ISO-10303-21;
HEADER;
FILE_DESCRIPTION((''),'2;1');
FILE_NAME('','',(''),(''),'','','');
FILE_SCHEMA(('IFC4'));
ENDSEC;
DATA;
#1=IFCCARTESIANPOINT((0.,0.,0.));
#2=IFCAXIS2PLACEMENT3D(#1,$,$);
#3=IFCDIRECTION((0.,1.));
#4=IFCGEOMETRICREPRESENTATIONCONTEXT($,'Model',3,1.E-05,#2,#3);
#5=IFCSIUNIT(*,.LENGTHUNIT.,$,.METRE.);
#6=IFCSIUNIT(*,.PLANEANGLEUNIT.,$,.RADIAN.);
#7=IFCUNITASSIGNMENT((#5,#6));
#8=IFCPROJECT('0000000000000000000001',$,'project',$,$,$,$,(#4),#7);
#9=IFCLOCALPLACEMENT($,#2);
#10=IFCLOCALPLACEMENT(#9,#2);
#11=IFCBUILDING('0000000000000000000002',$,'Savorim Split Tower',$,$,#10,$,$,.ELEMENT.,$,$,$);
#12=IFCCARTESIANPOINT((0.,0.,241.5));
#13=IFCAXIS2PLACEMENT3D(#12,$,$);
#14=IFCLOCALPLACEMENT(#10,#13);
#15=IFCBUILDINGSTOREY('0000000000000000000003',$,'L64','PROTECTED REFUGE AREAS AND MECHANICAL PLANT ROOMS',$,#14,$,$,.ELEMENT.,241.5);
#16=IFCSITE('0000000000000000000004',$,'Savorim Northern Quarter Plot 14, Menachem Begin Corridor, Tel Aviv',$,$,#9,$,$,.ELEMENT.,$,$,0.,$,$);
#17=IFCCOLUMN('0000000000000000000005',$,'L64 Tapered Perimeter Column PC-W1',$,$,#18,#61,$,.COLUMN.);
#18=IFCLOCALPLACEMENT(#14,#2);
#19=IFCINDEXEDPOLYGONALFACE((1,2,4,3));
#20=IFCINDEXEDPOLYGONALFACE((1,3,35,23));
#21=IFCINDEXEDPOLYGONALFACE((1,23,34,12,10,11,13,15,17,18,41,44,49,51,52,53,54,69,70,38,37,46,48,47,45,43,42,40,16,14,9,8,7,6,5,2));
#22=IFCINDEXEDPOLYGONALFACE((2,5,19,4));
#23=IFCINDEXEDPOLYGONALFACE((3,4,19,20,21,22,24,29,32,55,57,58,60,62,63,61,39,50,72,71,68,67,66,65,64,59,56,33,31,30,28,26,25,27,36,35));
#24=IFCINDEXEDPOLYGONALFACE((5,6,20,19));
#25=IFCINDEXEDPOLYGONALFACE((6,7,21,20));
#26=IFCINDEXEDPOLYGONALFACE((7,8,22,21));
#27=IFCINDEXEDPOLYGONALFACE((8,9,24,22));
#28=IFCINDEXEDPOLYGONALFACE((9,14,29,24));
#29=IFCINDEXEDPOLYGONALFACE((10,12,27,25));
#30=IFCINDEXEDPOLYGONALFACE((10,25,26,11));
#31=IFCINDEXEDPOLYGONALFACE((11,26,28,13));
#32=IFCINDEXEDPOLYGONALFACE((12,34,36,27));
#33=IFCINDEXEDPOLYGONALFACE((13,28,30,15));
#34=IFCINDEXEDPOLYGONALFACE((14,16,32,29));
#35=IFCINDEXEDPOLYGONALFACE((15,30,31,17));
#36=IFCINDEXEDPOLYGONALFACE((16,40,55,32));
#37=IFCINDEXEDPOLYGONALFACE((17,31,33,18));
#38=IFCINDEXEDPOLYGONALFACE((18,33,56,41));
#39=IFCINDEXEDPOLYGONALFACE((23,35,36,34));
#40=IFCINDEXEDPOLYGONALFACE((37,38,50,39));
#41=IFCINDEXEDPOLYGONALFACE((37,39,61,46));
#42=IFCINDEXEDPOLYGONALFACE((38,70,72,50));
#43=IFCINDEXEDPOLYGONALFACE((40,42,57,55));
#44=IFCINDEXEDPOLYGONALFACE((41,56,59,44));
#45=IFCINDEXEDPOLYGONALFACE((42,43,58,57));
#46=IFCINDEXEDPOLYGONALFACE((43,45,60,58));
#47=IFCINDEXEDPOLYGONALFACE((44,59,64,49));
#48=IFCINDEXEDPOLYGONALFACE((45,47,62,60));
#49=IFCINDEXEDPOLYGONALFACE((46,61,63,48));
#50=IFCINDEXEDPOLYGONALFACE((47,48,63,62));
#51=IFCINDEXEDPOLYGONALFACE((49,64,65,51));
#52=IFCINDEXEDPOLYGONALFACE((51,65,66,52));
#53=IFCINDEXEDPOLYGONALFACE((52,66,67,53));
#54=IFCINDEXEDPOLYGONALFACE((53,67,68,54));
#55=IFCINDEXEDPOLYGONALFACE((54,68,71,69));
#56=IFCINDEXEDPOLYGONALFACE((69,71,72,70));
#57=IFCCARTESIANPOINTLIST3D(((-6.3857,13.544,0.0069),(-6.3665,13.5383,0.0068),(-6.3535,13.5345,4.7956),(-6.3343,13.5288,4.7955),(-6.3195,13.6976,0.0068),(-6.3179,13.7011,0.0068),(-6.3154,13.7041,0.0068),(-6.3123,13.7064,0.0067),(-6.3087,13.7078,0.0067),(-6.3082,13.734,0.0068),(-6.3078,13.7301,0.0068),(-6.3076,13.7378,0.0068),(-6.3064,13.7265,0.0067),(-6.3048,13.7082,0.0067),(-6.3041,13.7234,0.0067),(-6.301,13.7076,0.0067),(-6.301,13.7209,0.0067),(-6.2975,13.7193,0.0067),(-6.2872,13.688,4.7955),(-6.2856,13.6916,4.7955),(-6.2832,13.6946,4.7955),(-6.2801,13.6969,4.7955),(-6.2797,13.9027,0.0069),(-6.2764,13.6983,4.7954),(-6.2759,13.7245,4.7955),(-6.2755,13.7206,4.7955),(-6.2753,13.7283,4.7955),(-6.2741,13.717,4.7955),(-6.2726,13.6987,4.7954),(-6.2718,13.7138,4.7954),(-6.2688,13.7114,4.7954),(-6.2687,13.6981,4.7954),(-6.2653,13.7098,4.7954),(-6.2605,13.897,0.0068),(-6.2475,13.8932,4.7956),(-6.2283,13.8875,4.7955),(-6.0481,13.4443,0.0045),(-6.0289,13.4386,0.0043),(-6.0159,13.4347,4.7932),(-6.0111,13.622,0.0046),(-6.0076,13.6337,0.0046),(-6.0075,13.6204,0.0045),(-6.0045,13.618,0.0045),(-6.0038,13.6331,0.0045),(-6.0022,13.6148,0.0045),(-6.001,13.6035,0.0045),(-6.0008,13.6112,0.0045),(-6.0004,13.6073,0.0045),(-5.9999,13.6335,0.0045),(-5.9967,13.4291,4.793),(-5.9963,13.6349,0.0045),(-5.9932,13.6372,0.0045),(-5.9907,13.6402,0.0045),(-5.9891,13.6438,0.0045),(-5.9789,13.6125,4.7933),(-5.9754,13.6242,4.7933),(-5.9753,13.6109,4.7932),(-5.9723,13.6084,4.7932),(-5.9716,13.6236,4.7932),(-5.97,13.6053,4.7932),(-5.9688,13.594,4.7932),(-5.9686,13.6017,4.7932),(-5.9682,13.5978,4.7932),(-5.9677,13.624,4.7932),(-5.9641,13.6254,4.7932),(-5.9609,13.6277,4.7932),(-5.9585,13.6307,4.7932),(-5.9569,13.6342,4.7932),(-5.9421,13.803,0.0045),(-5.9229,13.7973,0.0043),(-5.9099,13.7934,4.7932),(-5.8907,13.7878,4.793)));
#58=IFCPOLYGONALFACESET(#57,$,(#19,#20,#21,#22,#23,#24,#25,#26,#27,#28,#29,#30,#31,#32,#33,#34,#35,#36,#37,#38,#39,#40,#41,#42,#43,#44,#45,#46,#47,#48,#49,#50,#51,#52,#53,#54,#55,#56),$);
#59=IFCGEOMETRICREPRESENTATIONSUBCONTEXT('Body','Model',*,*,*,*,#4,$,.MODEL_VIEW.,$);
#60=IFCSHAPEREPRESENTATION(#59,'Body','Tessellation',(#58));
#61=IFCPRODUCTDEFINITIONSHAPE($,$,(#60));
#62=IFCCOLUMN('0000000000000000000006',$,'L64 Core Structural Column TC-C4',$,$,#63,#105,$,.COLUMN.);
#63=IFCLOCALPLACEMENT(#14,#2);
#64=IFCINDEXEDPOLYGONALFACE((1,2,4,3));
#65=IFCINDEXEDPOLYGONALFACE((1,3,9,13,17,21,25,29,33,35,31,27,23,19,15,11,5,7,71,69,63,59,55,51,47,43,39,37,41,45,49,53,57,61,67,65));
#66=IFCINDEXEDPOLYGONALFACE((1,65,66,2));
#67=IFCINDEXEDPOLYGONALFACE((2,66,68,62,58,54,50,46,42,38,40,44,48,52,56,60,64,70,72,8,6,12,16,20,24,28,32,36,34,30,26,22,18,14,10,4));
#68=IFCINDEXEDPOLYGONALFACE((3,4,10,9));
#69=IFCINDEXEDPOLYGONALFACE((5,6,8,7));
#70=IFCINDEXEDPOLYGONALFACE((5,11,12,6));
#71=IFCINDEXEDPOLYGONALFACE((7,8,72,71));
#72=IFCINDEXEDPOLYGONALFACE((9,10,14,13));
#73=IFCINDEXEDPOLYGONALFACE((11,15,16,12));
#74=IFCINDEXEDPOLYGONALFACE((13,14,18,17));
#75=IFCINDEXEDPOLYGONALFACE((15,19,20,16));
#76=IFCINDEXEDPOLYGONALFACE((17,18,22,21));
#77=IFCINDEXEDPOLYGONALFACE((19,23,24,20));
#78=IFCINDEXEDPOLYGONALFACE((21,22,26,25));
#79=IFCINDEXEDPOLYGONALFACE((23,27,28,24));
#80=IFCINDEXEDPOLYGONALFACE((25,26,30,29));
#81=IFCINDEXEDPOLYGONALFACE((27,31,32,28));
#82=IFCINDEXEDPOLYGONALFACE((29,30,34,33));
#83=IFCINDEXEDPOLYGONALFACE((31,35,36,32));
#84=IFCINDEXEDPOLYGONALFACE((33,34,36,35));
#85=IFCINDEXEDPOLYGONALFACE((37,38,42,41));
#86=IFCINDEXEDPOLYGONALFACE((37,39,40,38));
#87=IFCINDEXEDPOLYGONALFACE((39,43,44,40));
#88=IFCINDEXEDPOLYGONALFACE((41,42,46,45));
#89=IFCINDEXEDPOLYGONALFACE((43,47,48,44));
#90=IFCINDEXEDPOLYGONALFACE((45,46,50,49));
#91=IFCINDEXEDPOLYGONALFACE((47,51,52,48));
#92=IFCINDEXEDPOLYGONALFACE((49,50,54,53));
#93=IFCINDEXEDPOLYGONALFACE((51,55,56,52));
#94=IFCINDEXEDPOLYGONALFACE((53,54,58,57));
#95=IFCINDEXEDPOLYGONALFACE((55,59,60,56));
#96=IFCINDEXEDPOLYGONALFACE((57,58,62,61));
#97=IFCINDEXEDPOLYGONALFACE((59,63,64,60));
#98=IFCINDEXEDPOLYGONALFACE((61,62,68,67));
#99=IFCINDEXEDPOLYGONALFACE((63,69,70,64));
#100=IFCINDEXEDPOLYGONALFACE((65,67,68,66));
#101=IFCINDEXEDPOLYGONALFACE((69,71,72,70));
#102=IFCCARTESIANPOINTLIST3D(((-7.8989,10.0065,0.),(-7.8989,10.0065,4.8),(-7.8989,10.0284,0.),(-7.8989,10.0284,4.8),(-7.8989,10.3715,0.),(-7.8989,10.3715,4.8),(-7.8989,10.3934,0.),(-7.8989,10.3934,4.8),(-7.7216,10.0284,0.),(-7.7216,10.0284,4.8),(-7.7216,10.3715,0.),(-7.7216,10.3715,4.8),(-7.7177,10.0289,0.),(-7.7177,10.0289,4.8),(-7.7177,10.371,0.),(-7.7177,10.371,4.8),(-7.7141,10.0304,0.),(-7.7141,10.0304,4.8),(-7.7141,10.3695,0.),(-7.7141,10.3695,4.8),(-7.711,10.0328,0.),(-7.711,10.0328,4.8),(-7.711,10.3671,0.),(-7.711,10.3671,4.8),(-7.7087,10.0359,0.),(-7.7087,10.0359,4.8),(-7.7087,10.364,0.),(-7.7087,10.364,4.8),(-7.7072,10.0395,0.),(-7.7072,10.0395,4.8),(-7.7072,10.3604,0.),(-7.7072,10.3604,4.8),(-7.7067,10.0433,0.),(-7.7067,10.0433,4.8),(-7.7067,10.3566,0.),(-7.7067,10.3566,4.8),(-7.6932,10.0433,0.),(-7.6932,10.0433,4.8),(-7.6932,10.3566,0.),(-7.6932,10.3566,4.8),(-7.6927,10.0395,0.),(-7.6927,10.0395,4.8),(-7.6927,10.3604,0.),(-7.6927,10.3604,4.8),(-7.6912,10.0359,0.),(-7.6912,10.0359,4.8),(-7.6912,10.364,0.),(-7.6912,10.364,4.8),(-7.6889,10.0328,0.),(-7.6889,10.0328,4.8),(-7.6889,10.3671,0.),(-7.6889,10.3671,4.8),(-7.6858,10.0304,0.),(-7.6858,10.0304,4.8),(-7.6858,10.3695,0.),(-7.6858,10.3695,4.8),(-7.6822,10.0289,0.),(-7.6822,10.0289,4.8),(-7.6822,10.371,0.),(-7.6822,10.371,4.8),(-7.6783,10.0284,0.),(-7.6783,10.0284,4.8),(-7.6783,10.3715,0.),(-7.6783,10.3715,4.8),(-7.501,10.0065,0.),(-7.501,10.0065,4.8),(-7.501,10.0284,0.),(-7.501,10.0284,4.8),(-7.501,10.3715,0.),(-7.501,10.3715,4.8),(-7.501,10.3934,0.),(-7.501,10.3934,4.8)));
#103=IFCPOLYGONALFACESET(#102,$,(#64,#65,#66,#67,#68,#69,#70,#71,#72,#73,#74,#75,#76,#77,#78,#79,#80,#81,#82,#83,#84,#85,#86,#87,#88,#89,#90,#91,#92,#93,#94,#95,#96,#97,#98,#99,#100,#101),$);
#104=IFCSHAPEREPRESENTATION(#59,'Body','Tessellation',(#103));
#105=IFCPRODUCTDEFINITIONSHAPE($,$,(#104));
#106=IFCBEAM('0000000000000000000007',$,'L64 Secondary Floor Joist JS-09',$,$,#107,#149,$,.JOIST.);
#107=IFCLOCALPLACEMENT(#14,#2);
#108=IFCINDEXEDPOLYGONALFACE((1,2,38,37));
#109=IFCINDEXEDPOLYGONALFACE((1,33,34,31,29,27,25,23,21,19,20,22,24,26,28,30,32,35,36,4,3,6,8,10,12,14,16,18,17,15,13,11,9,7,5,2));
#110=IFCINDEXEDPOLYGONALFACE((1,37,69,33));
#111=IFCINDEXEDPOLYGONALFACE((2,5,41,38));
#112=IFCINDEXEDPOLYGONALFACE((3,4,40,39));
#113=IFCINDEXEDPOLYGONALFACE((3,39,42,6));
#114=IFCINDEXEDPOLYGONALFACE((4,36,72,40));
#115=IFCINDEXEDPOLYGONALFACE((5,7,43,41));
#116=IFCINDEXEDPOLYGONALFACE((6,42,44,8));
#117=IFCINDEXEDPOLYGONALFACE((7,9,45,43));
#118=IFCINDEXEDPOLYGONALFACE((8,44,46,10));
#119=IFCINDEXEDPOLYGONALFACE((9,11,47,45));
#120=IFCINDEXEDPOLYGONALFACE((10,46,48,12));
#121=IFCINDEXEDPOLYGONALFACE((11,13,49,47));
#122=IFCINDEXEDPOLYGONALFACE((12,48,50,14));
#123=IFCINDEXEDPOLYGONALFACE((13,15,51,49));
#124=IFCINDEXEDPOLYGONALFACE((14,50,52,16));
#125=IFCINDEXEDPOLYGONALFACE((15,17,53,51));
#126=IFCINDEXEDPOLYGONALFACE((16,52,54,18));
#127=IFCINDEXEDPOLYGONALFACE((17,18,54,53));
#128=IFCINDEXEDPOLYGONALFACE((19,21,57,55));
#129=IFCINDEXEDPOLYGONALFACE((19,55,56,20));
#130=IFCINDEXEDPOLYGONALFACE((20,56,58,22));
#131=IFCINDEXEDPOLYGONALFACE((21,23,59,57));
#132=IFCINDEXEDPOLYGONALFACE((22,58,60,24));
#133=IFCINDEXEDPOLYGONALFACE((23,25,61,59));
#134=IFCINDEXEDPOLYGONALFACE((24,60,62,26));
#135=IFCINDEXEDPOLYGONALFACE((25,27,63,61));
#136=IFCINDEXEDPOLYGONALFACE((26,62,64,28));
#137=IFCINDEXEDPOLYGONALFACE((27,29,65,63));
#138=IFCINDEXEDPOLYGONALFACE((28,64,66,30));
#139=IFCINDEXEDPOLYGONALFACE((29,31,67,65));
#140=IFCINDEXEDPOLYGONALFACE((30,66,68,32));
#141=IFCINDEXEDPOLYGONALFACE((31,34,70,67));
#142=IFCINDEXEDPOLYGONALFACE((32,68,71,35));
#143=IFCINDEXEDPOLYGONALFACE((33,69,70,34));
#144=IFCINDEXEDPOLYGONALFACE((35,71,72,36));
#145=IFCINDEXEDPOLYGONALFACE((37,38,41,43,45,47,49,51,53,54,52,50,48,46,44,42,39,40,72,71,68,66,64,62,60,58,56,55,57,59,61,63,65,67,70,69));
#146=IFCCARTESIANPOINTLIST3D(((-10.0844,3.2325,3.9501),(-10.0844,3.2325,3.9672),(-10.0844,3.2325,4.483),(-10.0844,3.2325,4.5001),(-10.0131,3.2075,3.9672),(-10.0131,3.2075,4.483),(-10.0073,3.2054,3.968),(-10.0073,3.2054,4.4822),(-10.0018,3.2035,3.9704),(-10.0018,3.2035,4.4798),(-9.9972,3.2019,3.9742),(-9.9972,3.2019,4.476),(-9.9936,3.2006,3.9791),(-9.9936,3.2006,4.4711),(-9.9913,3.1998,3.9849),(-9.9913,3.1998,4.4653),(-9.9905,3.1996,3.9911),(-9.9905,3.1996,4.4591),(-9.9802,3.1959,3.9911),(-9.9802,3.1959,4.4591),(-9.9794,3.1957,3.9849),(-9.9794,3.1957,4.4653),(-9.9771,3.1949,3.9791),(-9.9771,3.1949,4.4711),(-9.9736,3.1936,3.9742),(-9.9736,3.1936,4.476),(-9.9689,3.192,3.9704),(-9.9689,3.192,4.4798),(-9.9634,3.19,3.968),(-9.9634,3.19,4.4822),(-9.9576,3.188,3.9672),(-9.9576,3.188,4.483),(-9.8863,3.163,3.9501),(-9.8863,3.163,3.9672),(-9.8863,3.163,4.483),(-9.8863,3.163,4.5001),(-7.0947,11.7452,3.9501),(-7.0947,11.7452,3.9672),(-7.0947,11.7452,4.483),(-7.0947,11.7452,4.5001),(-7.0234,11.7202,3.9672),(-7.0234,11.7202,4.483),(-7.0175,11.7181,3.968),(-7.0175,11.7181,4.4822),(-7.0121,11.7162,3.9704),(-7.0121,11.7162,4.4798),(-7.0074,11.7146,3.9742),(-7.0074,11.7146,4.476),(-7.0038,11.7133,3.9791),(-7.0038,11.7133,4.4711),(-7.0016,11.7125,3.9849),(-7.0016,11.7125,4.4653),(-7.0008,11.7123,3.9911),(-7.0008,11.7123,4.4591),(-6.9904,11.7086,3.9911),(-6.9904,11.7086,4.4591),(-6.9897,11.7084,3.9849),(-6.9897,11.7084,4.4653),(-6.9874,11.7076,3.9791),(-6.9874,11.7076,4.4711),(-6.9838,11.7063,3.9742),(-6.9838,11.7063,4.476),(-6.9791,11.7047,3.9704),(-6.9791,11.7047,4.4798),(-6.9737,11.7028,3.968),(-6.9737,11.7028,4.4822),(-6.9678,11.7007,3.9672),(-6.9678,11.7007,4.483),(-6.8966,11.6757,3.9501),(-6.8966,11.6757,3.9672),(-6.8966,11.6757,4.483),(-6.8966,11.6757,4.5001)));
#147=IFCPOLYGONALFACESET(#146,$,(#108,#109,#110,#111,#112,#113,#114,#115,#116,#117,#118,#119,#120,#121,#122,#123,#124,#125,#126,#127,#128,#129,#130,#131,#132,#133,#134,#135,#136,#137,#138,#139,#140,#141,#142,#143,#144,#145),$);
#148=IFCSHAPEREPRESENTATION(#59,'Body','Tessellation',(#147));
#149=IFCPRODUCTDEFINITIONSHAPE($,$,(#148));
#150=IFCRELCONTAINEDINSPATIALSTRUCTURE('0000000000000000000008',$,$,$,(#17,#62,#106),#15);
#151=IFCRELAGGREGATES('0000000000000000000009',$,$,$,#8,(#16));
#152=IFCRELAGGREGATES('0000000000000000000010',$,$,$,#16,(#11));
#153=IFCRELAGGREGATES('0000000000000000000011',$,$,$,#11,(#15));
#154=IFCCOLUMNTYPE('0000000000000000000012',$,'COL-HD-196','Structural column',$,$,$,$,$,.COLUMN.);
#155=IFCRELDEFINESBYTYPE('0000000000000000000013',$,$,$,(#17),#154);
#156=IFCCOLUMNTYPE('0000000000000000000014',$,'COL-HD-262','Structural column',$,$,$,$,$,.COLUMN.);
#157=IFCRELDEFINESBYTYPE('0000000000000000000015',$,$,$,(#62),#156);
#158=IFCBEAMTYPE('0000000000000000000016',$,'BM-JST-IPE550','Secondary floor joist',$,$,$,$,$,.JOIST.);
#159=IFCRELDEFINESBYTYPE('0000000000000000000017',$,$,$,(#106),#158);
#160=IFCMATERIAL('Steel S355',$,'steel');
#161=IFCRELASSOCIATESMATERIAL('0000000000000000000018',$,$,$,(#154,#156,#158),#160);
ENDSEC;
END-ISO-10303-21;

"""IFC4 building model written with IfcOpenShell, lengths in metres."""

from ifc_helpers import new_model, si_unit, direction, frame, origin, origin_2d, place, context, subcontext, project, spatial, i_section, extrude, material, material_profile, profile_set, type_object, element, save


model = new_model("IFC4")

# Units and contexts
model_context = context("Model", 3, precision=1e-05, world=origin(), true_north=direction((0.0, 1.0)))
body_context = subcontext(model_context, "Body", "Model", "MODEL_VIEW")
ifc_project = project(units=[si_unit("LENGTHUNIT", "METRE"), si_unit("PLANEANGLEUNIT", "RADIAN")], contexts=[model_context])

# Site, building, storey
site_placement = place(None, origin())
site = spatial("IfcSite", under=ifc_project, at=site_placement, Name="Savorim Northern Quarter Plot 14, Menachem Begin Corridor, Tel Aviv", CompositionType="ELEMENT", RefElevation=0.0)
building_placement = place(site_placement, origin())
building = spatial("IfcBuilding", under=site, at=building_placement, Name="Savorim Split Tower", CompositionType="ELEMENT")
storey_placement = place(building_placement, frame((0.0, 0.0, 241.5)))
storey = spatial("IfcBuildingStorey", under=building, at=storey_placement, Name="L64", Description="PROTECTED REFUGE AREAS AND MECHANICAL PLANT ROOMS", CompositionType="ELEMENT", Elevation=241.5)

# Columns
ifc_material_1 = material(Name="Steel S355", Category="steel")
ifc_material_profile_1 = material_profile(ifc_material_1, i_section(OverallWidth=0.374, OverallDepth=0.3721, WebThickness=0.0122, FlangeThickness=0.02, FilletRadius=0.0149, at=origin_2d()), Name="HD 360x196")
ifc_profile_set_1 = profile_set([ifc_material_profile_1], Name="Steel S355")
column_type_1 = type_object("IfcColumnType", Name="COL-HD-196", Description="Structural column", PredefinedType="COLUMN", material=ifc_profile_set_1)
column_1_placement = place(storey_placement, frame((-6.1543, 13.6707, 0.0056), z_axis=(0.006729, -0.001988, 0.999975), x_axis=(0.283346, 0.959018, 0.0)))
element("IfcColumn", 1, at=column_1_placement, inside=storey, type_object=column_type_1, Name="L64 Tapered Perimeter Column PC-W1", PredefinedType="COLUMN", context=body_context, shape_type="SweptSolid", body=[
    extrude(i_section(OverallWidth=0.374, OverallDepth=0.3721, WebThickness=0.0122, FlangeThickness=0.02, FilletRadius=0.0149, at=origin_2d()), origin(), (0.0, 0.0, 1.0), 4.7888),
])
ifc_material_profile_2 = material_profile(ifc_material_1, i_section(OverallWidth=0.3979, OverallDepth=0.387, WebThickness=0.0134, FlangeThickness=0.022, FilletRadius=0.0149, at=origin_2d()), Name="HD 400x262")
ifc_profile_set_2 = profile_set([ifc_material_profile_2], Name="Steel S355")
column_type_2 = type_object("IfcColumnType", Name="COL-HD-262", Description="Structural column", PredefinedType="COLUMN", material=ifc_profile_set_2)
column_2_placement = place(storey_placement, frame((-7.7, 10.2, 0.0), z_axis=(0.0, 0.0, 1.0), x_axis=(1.0, 0.0, 0.0)))
element("IfcColumn", 2, at=column_2_placement, inside=storey, type_object=column_type_2, Name="L64 Core Structural Column TC-C4", PredefinedType="COLUMN", context=body_context, shape_type="SweptSolid", body=[
    extrude(i_section(OverallWidth=0.3979, OverallDepth=0.387, WebThickness=0.0134, FlangeThickness=0.022, FilletRadius=0.0149, at=origin_2d()), origin(), (0.0, 0.0, 1.0), 4.8),
])

# Beam
ifc_material_profile_3 = material_profile(ifc_material_1, i_section(OverallWidth=0.21, OverallDepth=0.55, WebThickness=0.011, FlangeThickness=0.0171, FilletRadius=0.0239, at=origin_2d()), Name="IPE 550")
ifc_profile_set_3 = profile_set([ifc_material_profile_3], Name="Steel S355")
beam_type_1 = type_object("IfcBeamType", Name="BM-JST-IPE550", Description="Secondary floor joist", PredefinedType="JOIST", material=ifc_profile_set_3)
beam_1_placement = place(storey_placement, frame((-6.9956, 11.7104, 4.2251), z_axis=(-0.331368, -0.943502, 0.0), x_axis=(0.943502, -0.331368, 0.0)))
element("IfcBeam", 3, at=beam_1_placement, inside=storey, type_object=beam_type_1, Name="L64 Secondary Floor Joist JS-09", PredefinedType="JOIST", context=body_context, shape_type="SweptSolid", body=[
    extrude(i_section(OverallWidth=0.21, OverallDepth=0.55, WebThickness=0.011, FlangeThickness=0.0171, FilletRadius=0.0239, at=origin_2d()), origin(), (0.0, 0.0, 1.0), 9.0225),
])

save(model, "model.ifc")
